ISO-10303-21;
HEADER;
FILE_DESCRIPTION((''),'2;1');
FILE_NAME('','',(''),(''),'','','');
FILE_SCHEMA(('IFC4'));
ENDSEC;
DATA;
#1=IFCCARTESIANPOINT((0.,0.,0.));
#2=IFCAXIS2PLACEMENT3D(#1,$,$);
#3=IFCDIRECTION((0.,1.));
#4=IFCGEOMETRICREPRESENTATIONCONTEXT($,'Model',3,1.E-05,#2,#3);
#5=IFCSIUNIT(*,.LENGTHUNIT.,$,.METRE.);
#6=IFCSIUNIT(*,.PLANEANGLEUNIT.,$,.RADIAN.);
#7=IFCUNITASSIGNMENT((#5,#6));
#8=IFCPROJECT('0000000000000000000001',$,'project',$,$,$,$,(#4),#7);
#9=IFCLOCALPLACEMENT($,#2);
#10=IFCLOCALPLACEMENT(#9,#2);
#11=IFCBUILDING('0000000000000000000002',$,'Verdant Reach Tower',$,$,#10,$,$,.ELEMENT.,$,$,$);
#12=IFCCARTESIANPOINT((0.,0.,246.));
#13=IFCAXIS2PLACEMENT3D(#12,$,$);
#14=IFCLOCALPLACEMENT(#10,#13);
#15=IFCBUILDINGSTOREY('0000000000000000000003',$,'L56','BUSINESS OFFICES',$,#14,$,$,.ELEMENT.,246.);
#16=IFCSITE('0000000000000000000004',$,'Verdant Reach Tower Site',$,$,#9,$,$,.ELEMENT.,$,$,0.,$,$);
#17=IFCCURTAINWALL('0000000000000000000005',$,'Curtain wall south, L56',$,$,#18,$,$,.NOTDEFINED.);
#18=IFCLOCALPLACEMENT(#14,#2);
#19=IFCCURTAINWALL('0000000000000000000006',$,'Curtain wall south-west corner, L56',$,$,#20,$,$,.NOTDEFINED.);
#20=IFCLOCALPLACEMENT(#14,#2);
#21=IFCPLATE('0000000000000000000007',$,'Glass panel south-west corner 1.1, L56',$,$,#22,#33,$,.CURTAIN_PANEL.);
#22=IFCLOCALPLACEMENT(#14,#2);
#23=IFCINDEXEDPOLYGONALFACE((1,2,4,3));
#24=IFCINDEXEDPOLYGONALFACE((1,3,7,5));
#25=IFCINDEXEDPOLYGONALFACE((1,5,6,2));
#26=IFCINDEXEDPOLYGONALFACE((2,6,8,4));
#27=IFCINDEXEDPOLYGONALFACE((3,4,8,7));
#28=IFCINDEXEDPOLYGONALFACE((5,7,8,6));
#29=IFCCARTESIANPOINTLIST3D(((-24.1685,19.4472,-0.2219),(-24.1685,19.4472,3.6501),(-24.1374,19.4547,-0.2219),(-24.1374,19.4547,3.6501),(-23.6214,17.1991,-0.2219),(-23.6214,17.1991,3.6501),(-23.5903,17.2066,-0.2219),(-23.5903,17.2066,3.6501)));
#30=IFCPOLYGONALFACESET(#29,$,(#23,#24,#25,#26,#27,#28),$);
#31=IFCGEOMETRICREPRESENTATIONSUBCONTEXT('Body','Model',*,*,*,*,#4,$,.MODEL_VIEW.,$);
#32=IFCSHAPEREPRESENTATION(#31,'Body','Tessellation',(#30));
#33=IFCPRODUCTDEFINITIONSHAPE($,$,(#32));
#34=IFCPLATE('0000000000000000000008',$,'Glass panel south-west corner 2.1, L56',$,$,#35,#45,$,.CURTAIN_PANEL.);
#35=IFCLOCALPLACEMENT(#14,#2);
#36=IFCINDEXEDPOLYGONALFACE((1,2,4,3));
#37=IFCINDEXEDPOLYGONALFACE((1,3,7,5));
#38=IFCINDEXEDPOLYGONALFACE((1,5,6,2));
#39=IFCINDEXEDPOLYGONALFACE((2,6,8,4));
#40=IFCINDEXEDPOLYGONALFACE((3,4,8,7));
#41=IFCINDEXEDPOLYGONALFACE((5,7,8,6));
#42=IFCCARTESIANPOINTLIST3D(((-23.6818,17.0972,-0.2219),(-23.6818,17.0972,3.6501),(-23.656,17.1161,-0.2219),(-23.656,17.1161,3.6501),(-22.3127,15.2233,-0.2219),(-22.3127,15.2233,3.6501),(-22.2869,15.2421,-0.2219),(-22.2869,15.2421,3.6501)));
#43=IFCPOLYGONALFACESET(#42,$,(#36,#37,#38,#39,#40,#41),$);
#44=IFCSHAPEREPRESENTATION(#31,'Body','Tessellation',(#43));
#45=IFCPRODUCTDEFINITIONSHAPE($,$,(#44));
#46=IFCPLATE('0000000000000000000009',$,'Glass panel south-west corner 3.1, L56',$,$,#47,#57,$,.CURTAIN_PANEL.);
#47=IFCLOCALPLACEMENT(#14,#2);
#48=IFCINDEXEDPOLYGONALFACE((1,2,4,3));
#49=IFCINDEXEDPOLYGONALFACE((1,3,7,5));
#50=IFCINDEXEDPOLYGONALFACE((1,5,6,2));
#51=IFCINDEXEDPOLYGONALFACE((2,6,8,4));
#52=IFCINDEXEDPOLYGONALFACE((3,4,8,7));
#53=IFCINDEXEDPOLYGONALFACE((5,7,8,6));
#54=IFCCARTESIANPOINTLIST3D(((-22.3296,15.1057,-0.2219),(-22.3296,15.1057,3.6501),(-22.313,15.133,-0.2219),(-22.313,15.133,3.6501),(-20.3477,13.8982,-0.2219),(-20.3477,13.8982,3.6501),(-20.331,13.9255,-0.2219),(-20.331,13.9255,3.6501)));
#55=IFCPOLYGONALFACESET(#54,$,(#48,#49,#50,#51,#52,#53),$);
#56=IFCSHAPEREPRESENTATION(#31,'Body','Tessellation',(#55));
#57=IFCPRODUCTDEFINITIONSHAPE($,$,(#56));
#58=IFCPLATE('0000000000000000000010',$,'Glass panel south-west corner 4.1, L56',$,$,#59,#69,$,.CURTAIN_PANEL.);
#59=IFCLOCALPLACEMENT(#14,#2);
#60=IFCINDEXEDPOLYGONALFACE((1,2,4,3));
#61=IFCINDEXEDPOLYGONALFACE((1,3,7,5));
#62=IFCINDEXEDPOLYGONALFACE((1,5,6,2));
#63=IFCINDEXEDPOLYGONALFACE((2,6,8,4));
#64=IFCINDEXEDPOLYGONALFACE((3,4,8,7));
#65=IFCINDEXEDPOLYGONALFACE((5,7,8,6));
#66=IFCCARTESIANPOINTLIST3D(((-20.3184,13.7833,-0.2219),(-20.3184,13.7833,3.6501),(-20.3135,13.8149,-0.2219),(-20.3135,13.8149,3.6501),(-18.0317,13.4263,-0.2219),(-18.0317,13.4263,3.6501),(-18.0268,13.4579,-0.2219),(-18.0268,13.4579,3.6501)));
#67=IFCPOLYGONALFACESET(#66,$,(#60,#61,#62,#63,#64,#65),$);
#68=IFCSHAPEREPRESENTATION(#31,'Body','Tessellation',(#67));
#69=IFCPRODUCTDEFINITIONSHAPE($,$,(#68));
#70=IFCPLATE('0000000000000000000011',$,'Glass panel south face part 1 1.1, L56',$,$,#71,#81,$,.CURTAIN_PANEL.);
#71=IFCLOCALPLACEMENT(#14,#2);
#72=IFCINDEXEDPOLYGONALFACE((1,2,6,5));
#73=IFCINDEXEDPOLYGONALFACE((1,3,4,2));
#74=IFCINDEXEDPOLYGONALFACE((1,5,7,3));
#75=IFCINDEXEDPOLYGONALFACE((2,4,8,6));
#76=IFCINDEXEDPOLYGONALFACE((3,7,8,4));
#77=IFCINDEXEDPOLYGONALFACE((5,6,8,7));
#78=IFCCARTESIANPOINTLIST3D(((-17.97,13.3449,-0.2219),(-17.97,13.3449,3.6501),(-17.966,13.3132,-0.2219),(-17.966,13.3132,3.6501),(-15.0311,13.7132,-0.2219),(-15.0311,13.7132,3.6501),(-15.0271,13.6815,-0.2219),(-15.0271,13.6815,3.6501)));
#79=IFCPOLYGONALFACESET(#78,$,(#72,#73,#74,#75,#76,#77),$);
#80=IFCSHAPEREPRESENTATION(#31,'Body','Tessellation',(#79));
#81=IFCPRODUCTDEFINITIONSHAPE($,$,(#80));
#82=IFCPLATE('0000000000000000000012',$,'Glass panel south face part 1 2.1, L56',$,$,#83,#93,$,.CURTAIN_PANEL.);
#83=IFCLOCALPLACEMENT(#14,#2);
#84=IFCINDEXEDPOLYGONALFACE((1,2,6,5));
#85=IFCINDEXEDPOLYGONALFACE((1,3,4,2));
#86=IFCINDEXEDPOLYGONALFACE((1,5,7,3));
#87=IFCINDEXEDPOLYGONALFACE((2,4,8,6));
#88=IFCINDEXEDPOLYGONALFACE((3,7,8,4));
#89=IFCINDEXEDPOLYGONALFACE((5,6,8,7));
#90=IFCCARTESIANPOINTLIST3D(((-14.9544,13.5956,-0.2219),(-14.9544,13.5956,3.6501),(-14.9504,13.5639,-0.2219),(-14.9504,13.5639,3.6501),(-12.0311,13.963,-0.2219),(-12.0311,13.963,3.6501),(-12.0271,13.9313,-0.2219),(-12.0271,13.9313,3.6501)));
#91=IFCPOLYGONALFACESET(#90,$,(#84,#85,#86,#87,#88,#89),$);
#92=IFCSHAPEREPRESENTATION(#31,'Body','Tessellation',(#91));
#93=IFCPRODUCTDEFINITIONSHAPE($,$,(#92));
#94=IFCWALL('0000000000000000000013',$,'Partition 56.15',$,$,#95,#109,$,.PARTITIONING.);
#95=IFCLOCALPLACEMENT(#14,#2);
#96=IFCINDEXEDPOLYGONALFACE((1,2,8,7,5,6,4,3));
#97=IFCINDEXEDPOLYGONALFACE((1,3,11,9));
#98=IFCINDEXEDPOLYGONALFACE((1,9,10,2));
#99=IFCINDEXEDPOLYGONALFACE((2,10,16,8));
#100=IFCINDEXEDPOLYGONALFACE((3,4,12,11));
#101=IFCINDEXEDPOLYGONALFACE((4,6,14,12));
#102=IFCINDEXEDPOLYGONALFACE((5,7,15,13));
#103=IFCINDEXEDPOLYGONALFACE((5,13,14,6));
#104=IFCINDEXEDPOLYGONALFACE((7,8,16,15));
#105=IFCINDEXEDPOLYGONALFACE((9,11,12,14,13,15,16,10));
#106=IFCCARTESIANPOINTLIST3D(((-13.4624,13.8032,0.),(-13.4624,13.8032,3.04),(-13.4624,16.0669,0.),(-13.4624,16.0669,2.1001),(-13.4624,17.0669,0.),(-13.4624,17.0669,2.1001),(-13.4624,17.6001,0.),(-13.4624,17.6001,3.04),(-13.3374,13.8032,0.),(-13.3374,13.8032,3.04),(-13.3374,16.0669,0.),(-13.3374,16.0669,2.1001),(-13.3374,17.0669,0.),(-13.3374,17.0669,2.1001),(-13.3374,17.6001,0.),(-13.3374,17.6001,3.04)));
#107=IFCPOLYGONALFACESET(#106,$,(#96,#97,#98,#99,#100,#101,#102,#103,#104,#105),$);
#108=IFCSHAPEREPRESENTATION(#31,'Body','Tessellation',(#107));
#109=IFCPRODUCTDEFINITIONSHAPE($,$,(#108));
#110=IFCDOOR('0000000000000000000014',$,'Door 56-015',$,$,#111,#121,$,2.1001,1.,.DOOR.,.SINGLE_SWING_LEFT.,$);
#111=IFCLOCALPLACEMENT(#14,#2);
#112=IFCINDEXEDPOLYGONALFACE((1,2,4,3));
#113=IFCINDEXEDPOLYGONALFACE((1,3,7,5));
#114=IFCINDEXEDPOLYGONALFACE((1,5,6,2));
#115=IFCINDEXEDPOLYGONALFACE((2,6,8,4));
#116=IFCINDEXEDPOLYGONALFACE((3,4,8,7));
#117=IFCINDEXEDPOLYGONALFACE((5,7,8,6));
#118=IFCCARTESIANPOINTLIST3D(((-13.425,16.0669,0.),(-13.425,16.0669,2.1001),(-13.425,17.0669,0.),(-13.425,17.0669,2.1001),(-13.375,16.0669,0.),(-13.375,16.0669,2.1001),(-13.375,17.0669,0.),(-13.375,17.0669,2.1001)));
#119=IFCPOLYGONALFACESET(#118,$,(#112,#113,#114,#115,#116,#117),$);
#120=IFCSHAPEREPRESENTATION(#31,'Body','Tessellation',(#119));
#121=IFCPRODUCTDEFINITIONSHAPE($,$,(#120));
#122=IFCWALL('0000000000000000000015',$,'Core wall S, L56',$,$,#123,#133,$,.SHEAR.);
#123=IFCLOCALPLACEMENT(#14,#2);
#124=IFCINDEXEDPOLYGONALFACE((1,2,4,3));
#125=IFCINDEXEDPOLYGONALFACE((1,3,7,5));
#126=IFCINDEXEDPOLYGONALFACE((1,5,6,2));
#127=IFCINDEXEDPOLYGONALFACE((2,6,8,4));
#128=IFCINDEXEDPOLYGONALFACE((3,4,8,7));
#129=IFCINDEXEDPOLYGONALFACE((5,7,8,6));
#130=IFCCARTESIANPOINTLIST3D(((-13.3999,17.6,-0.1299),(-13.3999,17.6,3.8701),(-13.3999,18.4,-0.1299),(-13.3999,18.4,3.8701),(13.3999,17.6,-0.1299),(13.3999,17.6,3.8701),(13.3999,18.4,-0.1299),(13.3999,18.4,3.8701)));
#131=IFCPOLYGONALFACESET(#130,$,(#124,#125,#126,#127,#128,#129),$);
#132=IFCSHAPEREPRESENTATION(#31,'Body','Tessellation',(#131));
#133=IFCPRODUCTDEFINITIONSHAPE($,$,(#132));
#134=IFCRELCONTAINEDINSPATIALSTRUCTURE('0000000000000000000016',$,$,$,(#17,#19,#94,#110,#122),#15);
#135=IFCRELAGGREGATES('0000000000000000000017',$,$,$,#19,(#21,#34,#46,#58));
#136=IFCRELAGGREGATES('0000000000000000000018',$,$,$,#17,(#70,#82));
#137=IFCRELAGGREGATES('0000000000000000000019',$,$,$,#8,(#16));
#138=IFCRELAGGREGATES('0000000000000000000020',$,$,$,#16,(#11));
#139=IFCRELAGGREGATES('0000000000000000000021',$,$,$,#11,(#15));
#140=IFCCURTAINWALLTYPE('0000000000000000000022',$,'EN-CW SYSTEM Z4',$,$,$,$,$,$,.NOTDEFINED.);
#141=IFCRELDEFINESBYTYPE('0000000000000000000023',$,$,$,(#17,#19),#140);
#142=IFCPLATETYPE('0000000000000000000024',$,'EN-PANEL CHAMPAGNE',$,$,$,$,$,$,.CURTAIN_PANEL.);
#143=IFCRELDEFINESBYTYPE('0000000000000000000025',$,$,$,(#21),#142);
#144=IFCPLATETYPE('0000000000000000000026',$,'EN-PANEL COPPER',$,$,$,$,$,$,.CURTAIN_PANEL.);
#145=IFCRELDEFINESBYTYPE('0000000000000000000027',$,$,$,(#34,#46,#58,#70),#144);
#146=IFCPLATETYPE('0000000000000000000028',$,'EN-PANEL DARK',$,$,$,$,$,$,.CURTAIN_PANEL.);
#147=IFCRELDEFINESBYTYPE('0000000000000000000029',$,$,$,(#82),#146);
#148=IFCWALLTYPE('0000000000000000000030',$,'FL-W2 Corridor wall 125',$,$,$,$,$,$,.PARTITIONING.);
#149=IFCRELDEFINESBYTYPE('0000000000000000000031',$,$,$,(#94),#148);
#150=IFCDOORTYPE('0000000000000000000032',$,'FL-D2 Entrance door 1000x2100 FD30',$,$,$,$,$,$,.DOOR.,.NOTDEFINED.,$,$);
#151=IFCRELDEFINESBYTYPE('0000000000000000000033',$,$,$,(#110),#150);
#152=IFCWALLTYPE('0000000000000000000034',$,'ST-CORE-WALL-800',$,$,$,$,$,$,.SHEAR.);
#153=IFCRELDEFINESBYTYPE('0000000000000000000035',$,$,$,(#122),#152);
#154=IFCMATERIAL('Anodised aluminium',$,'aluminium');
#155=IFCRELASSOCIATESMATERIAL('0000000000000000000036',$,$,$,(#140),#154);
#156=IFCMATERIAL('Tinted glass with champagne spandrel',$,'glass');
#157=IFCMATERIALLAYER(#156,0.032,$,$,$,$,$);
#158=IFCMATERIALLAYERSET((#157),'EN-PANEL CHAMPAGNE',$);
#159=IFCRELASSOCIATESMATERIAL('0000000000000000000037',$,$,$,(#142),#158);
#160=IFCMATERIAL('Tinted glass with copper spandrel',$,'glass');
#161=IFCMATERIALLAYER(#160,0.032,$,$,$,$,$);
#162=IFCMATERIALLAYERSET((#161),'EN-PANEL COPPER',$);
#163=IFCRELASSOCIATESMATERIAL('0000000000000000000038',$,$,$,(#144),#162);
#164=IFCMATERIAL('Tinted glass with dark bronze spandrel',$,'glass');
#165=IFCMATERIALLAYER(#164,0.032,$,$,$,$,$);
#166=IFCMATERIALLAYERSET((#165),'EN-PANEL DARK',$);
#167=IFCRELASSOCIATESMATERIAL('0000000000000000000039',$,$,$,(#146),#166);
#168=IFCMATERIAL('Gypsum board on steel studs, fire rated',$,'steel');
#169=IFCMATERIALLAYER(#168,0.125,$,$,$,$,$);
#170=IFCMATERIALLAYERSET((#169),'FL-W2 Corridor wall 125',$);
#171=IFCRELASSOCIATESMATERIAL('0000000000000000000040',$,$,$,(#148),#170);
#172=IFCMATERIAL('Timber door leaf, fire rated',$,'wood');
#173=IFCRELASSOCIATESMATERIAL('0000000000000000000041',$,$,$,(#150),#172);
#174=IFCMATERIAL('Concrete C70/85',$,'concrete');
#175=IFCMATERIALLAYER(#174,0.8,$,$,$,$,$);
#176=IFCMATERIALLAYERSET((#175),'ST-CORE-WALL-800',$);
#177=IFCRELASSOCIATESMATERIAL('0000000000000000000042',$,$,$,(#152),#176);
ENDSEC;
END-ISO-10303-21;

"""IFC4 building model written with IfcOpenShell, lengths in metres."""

from ifc_helpers import new_model, si_unit, direction, frame, frame_2d, origin, origin_2d, place, context, subcontext, project, spatial, rectangle, extrude, material, layer, layer_set, type_object, element, fill, aggregate, save


model = new_model("IFC4")

# Units and contexts
model_context = context("Model", 3, precision=1e-05, world=origin(), true_north=direction((0.0, 1.0)))
body_context = subcontext(model_context, "Body", "Model", "MODEL_VIEW")
ifc_project = project(units=[si_unit("LENGTHUNIT", "METRE"), si_unit("PLANEANGLEUNIT", "RADIAN")], contexts=[model_context])

# Site, building, storey
site_placement = place(None, origin())
site = spatial("IfcSite", under=ifc_project, at=site_placement, Name="Verdant Reach Tower Site", CompositionType="ELEMENT", RefElevation=0.0)
building_placement = place(site_placement, origin())
building = spatial("IfcBuilding", under=site, at=building_placement, Name="Verdant Reach Tower", CompositionType="ELEMENT")
storey_placement = place(building_placement, frame((0.0, 0.0, 246.0)))
storey = spatial("IfcBuildingStorey", under=building, at=storey_placement, Name="L56", Description="BUSINESS OFFICES", CompositionType="ELEMENT", Elevation=246.0)

# Curtain wall
ifc_material_1 = material(Name="Anodised aluminium", Category="aluminium")
curtain_wall_type = type_object("IfcCurtainWallType", Name="EN-CW SYSTEM Z4", PredefinedType="NOTDEFINED", material=ifc_material_1)
curtain_wall_1_placement = place(storey_placement, origin())
curtain_wall_1 = element("IfcCurtainWall", 1, at=curtain_wall_1_placement, inside=storey, type_object=curtain_wall_type, Name="Curtain wall south, L56", PredefinedType="NOTDEFINED")

# Curtain wall, plates
curtain_wall_2_placement = place(storey_placement, origin())
curtain_wall_2 = element("IfcCurtainWall", 2, at=curtain_wall_2_placement, inside=storey, type_object=curtain_wall_type, Name="Curtain wall south-west corner, L56", PredefinedType="NOTDEFINED")
ifc_material_2 = material(Name="Tinted glass with champagne spandrel", Category="glass")
ifc_layer_1 = layer(ifc_material_2, 0.032)
ifc_layer_set_1 = layer_set([ifc_layer_1], Name="EN-PANEL CHAMPAGNE")
plate_type_1 = type_object("IfcPlateType", Name="EN-PANEL CHAMPAGNE", PredefinedType="CURTAIN_PANEL", material=ifc_layer_set_1)
plate_1_placement = place(storey_placement, frame((-23.8794, 18.3269, -0.2219), z_axis=(0.0, 0.0, 1.0), x_axis=(0.236459, -0.971642, 0.0)))
plate_1 = element("IfcPlate", 3, at=plate_1_placement, type_object=plate_type_1, Name="Glass panel south-west corner 1.1, L56", PredefinedType="CURTAIN_PANEL", context=body_context, shape_type="SweptSolid", body=[
    extrude(rectangle(XDim=2.3137, YDim=0.032, at=origin_2d()), origin(), (0.0, 0.0, 1.0), 3.8721),
])
ifc_material_3 = material(Name="Tinted glass with copper spandrel", Category="glass")
ifc_layer_2 = layer(ifc_material_3, 0.032)
ifc_layer_set_2 = layer_set([ifc_layer_2], Name="EN-PANEL COPPER")
plate_type_2 = type_object("IfcPlateType", Name="EN-PANEL COPPER", PredefinedType="CURTAIN_PANEL", material=ifc_layer_set_2)
plate_2_placement = place(storey_placement, frame((-22.9844, 16.1697, -0.2219), z_axis=(0.0, 0.0, 1.0), x_axis=(0.589927, -0.807457, 0.0)))
plate_2 = element("IfcPlate", 4, at=plate_2_placement, type_object=plate_type_2, Name="Glass panel south-west corner 2.1, L56", PredefinedType="CURTAIN_PANEL", context=body_context, shape_type="SweptSolid", body=[
    extrude(rectangle(XDim=2.3208, YDim=0.032, at=origin_2d()), origin(), (0.0, 0.0, 1.0), 3.8721),
])
plate_3_placement = place(storey_placement, frame((-21.3303, 14.5156, -0.2219), z_axis=(0.0, 0.0, 1.0), x_axis=(0.853989, -0.520292, 0.0)))
plate_3 = element("IfcPlate", 5, at=plate_3_placement, type_object=plate_type_2, Name="Glass panel south-west corner 3.1, L56", PredefinedType="CURTAIN_PANEL", context=body_context, shape_type="SweptSolid", body=[
    extrude(rectangle(XDim=2.3208, YDim=0.032, at=origin_2d()), origin(), (0.0, 0.0, 1.0), 3.8721),
])
plate_4_placement = place(storey_placement, frame((-19.1726, 13.6206, -0.2219), z_axis=(0.0, 0.0, 1.0), x_axis=(0.988027, -0.154279, 0.0)))
plate_4 = element("IfcPlate", 6, at=plate_4_placement, type_object=plate_type_2, Name="Glass panel south-west corner 4.1, L56", PredefinedType="CURTAIN_PANEL", context=body_context, shape_type="SweptSolid", body=[
    extrude(rectangle(XDim=2.3145, YDim=0.032, at=origin_2d()), origin(), (0.0, 0.0, 1.0), 3.8721),
])
aggregate(curtain_wall_2, [plate_1, plate_2, plate_3, plate_4])

# Plates
plate_5_placement = place(storey_placement, frame((-16.4985, 13.5132, -0.2219), z_axis=(0.0, 0.0, 1.0), x_axis=(0.992239, 0.124346, 0.0)))
plate_5 = element("IfcPlate", 7, at=plate_5_placement, type_object=plate_type_2, Name="Glass panel south face part 1 1.1, L56", PredefinedType="CURTAIN_PANEL", context=body_context, shape_type="SweptSolid", body=[
    extrude(rectangle(XDim=2.9619, YDim=0.032, at=origin_2d()), origin(), (0.0, 0.0, 1.0), 3.8721),
])
ifc_material_4 = material(Name="Tinted glass with dark bronze spandrel", Category="glass")
ifc_layer_3 = layer(ifc_material_4, 0.032)
ifc_layer_set_3 = layer_set([ifc_layer_3], Name="EN-PANEL DARK")
plate_type_3 = type_object("IfcPlateType", Name="EN-PANEL DARK", PredefinedType="CURTAIN_PANEL", material=ifc_layer_set_3)
plate_6_placement = place(storey_placement, frame((-13.4907, 13.7634, -0.2219), z_axis=(0.0, 0.0, 1.0), x_axis=(0.992194, 0.124704, 0.0)))
plate_6 = element("IfcPlate", 8, at=plate_6_placement, type_object=plate_type_3, Name="Glass panel south face part 1 2.1, L56", PredefinedType="CURTAIN_PANEL", context=body_context, shape_type="SweptSolid", body=[
    extrude(rectangle(XDim=2.9463, YDim=0.032, at=origin_2d()), origin(), (0.0, 0.0, 1.0), 3.8721),
])
aggregate(curtain_wall_1, [plate_5, plate_6])

# Wall, opening, door
ifc_material_5 = material(Name="Gypsum board on steel studs, fire rated", Category="steel")
ifc_layer_4 = layer(ifc_material_5, 0.125)
ifc_layer_set_4 = layer_set([ifc_layer_4], Name="FL-W2 Corridor wall 125")
wall_type_1 = type_object("IfcWallType", Name="FL-W2 Corridor wall 125", PredefinedType="PARTITIONING", material=ifc_layer_set_4)
ifc_material_6 = material(Name="Timber door leaf, fire rated", Category="wood")
door_type = type_object("IfcDoorType", Name="FL-D2 Entrance door 1000x2100 FD30", OperationType="NOTDEFINED", PredefinedType="DOOR", material=ifc_material_6)
wall_1_placement = place(storey_placement, frame((-13.3999, 17.6001, 0.0), z_axis=(0.0, 0.0, 1.0), x_axis=(0.0, -1.0, 0.0)))
wall_1 = element("IfcWall", 9, at=wall_1_placement, inside=storey, type_object=wall_type_1, Name="Partition 56.15", PredefinedType="PARTITIONING", context=body_context, shape_type="SweptSolid", body=[
    extrude(rectangle(XDim=3.7969, YDim=0.125, at=frame_2d((1.8984, 0.0))), origin(), (0.0, 0.0, 1.0), 3.04),
])
opening_1_placement = place(wall_1_placement, frame((0.5332, 0.0, 0.0)))
opening_1 = element("IfcOpeningElement", 10, at=opening_1_placement, cuts=wall_1, PredefinedType="OPENING", context=body_context, shape_type="SweptSolid", body=[
    extrude(rectangle(XDim=1.0, YDim=2.1001, at=frame_2d((0.5, 1.05))), frame((0.0, 0.0725, 0.0), z_axis=(0.0, -1.0, 0.0), x_axis=(1.0, 0.0, 0.0)), (0.0, 0.0, 1.0), 0.145),
])
door_1_placement = place(opening_1_placement, origin())
door_1 = element("IfcDoor", 11, at=door_1_placement, inside=storey, type_object=door_type, Name="Door 56-015", OperationType="SINGLE_SWING_LEFT", OverallHeight=2.1001, OverallWidth=1.0, PredefinedType="DOOR", context=body_context, shape_type="SweptSolid", body=[
    extrude(rectangle(XDim=1.0, YDim=2.1001, at=frame_2d((0.5, 1.05))), frame((0.0, 0.0249, 0.0), z_axis=(0.0, -1.0, 0.0), x_axis=(1.0, 0.0, 0.0)), (0.0, 0.0, 1.0), 0.05),
])
fill(opening_1, door_1)

# Wall
ifc_material_7 = material(Name="Concrete C70/85", Category="concrete")
ifc_layer_5 = layer(ifc_material_7, 0.8)
ifc_layer_set_5 = layer_set([ifc_layer_5], Name="ST-CORE-WALL-800")
wall_type_2 = type_object("IfcWallType", Name="ST-CORE-WALL-800", PredefinedType="SHEAR", material=ifc_layer_set_5)
wall_2_placement = place(storey_placement, frame((-13.3999, 18.0, -0.1299), z_axis=(0.0, 0.0, 1.0), x_axis=(1.0, 0.0, 0.0)))
element("IfcWall", 12, at=wall_2_placement, inside=storey, type_object=wall_type_2, Name="Core wall S, L56", PredefinedType="SHEAR", context=body_context, shape_type="SweptSolid", body=[
    extrude(rectangle(XDim=26.7998, YDim=0.8, at=frame_2d((13.3999, 0.0))), origin(), (0.0, 0.0, 1.0), 4.0),
])

save(model, "model.ifc")
